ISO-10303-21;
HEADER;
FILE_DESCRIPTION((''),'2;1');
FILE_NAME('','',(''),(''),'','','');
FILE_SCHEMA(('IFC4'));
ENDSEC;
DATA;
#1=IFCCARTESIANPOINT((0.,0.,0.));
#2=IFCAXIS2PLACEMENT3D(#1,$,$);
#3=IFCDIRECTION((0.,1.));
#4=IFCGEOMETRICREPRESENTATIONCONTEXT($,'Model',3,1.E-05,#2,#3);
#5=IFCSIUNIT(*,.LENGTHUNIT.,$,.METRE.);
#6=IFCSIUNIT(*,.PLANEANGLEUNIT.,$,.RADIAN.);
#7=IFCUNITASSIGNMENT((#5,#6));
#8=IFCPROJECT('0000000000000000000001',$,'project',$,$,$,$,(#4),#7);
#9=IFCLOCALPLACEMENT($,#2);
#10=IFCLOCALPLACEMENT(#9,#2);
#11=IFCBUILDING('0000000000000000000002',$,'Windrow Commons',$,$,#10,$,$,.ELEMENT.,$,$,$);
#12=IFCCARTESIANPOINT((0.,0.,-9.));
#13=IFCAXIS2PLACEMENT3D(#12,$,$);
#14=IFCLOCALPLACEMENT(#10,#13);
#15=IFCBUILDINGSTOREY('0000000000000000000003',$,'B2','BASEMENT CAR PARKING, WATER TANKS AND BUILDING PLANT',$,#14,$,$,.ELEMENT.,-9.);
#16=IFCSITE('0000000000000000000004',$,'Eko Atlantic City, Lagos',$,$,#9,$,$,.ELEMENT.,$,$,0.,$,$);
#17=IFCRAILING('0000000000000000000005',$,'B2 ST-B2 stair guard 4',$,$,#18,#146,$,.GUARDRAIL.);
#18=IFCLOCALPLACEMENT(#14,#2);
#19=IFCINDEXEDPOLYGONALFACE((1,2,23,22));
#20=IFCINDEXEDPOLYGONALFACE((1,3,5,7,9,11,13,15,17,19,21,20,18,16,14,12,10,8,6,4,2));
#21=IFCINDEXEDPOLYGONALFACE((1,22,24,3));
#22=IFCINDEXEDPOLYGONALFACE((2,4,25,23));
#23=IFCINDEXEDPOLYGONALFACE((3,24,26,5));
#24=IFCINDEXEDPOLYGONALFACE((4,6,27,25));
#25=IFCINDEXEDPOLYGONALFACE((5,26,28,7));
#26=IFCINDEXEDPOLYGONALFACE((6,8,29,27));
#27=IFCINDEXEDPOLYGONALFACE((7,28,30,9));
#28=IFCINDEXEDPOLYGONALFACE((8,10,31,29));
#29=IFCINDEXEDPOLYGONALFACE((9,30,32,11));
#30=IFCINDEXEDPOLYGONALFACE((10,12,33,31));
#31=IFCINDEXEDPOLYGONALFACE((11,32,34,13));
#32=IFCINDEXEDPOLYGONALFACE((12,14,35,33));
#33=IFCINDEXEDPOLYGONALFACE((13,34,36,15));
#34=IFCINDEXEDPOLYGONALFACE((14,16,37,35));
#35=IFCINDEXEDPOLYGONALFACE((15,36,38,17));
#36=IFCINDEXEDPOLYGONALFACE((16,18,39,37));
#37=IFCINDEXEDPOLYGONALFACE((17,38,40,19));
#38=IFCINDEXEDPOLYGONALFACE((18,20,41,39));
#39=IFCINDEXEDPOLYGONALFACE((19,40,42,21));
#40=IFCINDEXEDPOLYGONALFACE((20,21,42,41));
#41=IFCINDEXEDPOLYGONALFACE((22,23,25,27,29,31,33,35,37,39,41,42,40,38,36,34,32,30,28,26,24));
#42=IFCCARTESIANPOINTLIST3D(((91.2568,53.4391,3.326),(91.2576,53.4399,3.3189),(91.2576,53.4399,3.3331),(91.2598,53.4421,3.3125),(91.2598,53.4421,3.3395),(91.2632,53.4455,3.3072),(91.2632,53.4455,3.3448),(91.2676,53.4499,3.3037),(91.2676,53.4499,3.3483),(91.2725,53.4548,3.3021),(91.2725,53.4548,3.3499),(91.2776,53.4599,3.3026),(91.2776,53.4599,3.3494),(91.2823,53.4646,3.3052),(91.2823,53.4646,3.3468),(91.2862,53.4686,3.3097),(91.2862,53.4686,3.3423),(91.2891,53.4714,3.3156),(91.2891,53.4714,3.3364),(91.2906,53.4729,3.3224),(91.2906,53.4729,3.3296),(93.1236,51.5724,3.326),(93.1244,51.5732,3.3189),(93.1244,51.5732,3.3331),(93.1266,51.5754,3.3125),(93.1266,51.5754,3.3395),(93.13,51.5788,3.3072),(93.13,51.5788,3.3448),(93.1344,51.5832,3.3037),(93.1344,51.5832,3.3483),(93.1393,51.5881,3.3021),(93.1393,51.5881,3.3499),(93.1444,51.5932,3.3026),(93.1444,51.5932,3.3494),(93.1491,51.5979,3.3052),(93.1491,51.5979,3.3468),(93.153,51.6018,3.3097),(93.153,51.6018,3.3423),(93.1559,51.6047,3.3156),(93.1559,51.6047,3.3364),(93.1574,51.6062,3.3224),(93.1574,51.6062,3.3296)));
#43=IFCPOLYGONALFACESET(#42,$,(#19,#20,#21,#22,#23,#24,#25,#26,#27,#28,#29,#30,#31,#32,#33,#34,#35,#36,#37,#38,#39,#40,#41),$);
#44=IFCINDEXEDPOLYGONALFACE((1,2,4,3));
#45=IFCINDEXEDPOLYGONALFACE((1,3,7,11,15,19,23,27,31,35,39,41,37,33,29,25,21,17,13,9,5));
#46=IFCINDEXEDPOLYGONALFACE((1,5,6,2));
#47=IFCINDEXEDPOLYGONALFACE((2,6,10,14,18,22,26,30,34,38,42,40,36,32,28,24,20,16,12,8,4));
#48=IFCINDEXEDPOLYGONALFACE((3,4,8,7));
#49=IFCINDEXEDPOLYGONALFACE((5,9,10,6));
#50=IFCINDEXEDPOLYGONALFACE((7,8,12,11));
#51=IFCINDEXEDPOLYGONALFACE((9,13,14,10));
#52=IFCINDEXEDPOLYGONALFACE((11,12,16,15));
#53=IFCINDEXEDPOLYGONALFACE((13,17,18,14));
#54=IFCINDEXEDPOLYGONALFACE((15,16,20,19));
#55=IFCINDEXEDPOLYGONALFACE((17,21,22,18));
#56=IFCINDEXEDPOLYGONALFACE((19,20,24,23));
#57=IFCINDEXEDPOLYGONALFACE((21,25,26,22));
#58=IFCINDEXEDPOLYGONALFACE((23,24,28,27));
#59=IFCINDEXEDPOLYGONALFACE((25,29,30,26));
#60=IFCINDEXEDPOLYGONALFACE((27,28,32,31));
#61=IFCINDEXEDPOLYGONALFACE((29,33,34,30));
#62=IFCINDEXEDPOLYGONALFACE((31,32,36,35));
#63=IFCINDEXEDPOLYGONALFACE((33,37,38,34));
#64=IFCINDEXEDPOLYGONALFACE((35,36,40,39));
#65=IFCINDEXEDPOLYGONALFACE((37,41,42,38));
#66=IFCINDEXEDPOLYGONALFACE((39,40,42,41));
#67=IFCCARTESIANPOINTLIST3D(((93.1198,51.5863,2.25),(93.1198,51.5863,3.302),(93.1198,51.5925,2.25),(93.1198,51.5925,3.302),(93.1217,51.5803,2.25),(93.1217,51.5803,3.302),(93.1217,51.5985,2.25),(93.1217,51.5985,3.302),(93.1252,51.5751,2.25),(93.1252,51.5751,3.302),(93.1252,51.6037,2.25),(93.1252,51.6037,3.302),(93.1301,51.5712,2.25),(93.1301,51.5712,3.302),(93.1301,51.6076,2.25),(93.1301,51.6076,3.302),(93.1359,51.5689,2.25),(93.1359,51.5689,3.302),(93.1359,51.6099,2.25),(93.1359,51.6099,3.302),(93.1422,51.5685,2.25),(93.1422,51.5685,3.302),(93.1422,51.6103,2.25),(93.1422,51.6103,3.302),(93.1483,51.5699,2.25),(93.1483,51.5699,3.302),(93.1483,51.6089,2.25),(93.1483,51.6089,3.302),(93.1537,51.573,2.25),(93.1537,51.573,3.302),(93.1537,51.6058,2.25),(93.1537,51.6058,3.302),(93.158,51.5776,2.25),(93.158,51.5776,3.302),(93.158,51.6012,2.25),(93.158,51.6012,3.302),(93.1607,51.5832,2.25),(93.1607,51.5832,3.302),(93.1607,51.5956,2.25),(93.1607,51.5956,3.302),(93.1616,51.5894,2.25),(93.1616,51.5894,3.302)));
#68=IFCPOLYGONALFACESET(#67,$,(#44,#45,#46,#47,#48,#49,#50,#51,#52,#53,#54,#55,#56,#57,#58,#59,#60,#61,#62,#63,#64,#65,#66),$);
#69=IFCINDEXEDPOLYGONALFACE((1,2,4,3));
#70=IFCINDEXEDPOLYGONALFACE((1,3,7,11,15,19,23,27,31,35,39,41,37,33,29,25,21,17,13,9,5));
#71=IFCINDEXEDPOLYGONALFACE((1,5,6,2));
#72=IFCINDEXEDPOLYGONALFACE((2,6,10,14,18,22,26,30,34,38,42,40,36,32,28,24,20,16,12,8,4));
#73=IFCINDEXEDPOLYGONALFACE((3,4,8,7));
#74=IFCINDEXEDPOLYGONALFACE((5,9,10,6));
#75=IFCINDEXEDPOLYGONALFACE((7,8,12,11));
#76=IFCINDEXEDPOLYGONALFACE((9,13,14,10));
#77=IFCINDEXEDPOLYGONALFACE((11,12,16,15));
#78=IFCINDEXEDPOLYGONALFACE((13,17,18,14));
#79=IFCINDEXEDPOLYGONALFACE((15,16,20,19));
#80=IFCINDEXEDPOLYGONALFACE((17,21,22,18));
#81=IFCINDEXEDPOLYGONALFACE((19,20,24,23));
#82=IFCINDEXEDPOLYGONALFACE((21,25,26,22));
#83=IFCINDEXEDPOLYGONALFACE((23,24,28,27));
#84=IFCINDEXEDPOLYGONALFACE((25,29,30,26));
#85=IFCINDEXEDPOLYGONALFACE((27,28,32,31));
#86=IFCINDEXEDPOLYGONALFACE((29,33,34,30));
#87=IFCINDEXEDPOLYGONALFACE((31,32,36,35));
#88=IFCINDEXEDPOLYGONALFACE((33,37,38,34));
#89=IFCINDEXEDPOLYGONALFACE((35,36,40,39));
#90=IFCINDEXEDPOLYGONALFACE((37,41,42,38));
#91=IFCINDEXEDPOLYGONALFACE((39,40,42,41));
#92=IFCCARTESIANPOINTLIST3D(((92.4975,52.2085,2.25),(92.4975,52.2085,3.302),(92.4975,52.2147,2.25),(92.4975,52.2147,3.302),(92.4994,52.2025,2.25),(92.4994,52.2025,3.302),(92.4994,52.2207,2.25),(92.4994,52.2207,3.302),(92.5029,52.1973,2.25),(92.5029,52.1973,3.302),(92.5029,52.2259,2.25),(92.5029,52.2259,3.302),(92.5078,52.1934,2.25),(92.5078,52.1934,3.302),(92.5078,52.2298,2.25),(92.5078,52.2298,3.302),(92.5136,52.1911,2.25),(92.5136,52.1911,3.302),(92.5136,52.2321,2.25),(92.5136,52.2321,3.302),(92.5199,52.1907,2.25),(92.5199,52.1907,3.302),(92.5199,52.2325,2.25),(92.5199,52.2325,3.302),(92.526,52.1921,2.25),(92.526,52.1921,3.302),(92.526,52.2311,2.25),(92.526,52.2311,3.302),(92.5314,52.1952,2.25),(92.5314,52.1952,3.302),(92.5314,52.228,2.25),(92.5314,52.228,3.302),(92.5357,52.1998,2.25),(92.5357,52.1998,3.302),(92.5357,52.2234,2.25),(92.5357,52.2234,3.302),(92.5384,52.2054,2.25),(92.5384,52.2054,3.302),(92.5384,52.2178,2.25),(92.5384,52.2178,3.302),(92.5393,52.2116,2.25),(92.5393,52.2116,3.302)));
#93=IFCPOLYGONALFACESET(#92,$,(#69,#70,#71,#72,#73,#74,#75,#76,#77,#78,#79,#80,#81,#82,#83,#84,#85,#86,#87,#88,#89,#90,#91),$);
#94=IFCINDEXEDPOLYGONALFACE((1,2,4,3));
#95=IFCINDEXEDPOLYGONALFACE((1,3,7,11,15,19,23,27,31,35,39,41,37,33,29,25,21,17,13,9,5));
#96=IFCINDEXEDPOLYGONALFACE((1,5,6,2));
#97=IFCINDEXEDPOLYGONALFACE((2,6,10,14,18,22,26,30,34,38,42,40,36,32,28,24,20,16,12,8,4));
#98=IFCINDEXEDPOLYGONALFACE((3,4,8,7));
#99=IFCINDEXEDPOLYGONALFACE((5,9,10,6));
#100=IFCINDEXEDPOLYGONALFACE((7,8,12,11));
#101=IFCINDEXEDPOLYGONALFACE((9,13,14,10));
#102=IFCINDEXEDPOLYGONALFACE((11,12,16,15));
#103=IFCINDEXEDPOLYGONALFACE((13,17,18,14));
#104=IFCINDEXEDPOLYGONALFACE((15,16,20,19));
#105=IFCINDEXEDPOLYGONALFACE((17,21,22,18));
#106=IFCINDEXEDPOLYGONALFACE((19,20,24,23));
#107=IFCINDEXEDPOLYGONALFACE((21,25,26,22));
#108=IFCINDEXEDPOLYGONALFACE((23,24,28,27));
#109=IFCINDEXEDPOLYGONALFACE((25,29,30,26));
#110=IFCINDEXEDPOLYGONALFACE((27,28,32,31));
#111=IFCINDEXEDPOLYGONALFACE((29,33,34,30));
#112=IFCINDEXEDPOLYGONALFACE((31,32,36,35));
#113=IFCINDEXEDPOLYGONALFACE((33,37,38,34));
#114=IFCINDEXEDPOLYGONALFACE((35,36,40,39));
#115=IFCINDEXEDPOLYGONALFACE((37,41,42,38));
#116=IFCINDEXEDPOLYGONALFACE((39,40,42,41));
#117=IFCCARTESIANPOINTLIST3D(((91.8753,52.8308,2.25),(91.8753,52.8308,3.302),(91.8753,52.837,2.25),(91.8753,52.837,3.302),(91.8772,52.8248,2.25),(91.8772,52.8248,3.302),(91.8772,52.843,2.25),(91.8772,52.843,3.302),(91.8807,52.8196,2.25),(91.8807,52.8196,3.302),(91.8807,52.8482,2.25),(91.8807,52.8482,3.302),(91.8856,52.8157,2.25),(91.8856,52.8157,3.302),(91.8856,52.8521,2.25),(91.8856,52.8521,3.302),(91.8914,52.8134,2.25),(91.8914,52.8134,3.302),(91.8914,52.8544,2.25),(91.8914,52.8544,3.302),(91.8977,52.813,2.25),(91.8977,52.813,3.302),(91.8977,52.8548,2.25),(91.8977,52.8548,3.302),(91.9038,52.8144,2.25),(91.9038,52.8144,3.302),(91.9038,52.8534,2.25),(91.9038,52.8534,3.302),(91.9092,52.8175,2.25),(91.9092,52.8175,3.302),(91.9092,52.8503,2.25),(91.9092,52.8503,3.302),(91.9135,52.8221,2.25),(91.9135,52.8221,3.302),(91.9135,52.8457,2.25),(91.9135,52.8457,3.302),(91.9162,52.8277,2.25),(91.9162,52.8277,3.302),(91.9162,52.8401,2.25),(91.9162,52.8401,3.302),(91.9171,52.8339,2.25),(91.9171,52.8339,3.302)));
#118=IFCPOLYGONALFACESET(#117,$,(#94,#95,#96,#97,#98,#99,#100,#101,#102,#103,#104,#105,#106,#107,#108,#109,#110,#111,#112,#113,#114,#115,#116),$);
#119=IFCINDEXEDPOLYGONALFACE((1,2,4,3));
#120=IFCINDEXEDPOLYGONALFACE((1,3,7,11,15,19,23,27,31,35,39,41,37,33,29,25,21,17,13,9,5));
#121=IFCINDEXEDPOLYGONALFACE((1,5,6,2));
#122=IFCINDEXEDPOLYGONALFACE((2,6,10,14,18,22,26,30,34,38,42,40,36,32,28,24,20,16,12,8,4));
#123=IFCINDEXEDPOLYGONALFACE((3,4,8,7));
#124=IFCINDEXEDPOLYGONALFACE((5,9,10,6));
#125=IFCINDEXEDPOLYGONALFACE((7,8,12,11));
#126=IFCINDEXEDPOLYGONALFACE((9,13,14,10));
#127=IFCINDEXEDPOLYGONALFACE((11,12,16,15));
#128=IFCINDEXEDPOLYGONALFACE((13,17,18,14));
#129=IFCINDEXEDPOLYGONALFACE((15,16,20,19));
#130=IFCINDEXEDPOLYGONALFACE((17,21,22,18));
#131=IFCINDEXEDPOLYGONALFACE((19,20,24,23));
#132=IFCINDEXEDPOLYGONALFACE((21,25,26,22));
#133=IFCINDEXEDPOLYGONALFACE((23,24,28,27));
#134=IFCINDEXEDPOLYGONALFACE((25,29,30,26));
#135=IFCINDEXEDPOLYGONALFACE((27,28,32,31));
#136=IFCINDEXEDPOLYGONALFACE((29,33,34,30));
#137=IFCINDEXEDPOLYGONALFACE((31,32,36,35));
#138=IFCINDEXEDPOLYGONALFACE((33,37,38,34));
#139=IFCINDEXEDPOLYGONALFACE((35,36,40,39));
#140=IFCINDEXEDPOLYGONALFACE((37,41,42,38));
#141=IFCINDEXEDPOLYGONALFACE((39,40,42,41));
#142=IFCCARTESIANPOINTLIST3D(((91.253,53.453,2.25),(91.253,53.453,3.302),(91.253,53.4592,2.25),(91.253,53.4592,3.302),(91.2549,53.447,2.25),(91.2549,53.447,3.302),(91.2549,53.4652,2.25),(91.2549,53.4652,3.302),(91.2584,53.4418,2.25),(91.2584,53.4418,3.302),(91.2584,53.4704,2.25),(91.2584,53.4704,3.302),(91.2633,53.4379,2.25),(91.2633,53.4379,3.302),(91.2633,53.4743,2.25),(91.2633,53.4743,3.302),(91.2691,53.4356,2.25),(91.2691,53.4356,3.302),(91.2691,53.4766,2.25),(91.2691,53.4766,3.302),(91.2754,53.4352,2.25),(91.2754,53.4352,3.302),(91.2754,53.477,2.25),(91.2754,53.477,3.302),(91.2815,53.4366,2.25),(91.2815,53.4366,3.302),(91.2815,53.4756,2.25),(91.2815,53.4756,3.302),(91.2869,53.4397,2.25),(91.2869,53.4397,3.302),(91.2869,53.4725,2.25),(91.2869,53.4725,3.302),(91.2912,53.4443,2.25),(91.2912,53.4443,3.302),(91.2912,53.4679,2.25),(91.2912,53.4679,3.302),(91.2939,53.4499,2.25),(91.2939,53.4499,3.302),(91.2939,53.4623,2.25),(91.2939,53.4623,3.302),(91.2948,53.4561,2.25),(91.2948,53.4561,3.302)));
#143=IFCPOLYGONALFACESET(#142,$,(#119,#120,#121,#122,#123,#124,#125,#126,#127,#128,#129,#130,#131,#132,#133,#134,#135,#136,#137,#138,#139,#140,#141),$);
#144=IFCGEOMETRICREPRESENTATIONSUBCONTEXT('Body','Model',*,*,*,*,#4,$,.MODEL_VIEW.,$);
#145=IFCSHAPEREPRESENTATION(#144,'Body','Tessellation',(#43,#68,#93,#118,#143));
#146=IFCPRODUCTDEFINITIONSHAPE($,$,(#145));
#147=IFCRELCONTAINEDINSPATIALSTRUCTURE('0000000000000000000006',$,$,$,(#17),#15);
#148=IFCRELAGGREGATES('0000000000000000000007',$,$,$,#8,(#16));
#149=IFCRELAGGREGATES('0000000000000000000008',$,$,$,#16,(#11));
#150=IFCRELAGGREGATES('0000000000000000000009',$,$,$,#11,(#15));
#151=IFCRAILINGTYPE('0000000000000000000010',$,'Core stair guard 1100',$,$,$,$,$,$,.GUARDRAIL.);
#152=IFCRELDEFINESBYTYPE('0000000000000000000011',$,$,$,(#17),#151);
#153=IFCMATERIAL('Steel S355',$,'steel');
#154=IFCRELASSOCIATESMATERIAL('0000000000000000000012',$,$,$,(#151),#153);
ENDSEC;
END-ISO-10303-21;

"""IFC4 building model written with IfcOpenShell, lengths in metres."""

from ifc_helpers import new_model, si_unit, direction, frame, origin, origin_2d, place, context, subcontext, project, spatial, circle, extrude, material, type_object, element, save


model = new_model("IFC4")

# Units and contexts
model_context = context("Model", 3, precision=1e-05, world=origin(), true_north=direction((0.0, 1.0)))
body_context = subcontext(model_context, "Body", "Model", "MODEL_VIEW")
ifc_project = project(units=[si_unit("LENGTHUNIT", "METRE"), si_unit("PLANEANGLEUNIT", "RADIAN")], contexts=[model_context])

# Site, building, storey
site_placement = place(None, origin())
site = spatial("IfcSite", under=ifc_project, at=site_placement, Name="Eko Atlantic City, Lagos", CompositionType="ELEMENT", RefElevation=0.0)
building_placement = place(site_placement, origin())
building = spatial("IfcBuilding", under=site, at=building_placement, Name="Windrow Commons", CompositionType="ELEMENT")
storey_placement = place(building_placement, frame((0.0, 0.0, -9.0)))
storey = spatial("IfcBuildingStorey", under=building, at=storey_placement, Name="B2", Description="BASEMENT CAR PARKING, WATER TANKS AND BUILDING PLANT", CompositionType="ELEMENT", Elevation=-9.0)

# Railing
ifc_material_1 = material(Name="Steel S355", Category="steel")
railing_type_1 = type_object("IfcRailingType", Name="Core stair guard 1100", PredefinedType="GUARDRAIL", material=ifc_material_1)
railing_1_placement = place(storey_placement, frame((93.1406, 51.5894, 2.25)))
element("IfcRailing", 1, at=railing_1_placement, inside=storey, type_object=railing_type_1, Name="B2 ST-B2 stair guard 4", PredefinedType="GUARDRAIL", context=body_context, shape_type="SweptSolid", body=[
    extrude(circle(Radius=0.024, at=origin_2d()), frame((0.0, 0.0, 1.076), z_axis=(-0.707126, 0.707088, 0.0), x_axis=(-0.707088, -0.707126, 0.0)), (0.0, 0.0, 1.0), 2.64),
    extrude(circle(Radius=0.021, at=origin_2d()), origin(), (0.0, 0.0, 1.0), 1.052),
    extrude(circle(Radius=0.021, at=origin_2d()), frame((-0.6223, 0.6222, 0.0)), (0.0, 0.0, 1.0), 1.052),
    extrude(circle(Radius=0.021, at=origin_2d()), frame((-1.2445, 1.2445, 0.0)), (0.0, 0.0, 1.0), 1.052),
    extrude(circle(Radius=0.021, at=origin_2d()), frame((-1.8668, 1.8667, 0.0)), (0.0, 0.0, 1.0), 1.052),
])

save(model, "model.ifc")
